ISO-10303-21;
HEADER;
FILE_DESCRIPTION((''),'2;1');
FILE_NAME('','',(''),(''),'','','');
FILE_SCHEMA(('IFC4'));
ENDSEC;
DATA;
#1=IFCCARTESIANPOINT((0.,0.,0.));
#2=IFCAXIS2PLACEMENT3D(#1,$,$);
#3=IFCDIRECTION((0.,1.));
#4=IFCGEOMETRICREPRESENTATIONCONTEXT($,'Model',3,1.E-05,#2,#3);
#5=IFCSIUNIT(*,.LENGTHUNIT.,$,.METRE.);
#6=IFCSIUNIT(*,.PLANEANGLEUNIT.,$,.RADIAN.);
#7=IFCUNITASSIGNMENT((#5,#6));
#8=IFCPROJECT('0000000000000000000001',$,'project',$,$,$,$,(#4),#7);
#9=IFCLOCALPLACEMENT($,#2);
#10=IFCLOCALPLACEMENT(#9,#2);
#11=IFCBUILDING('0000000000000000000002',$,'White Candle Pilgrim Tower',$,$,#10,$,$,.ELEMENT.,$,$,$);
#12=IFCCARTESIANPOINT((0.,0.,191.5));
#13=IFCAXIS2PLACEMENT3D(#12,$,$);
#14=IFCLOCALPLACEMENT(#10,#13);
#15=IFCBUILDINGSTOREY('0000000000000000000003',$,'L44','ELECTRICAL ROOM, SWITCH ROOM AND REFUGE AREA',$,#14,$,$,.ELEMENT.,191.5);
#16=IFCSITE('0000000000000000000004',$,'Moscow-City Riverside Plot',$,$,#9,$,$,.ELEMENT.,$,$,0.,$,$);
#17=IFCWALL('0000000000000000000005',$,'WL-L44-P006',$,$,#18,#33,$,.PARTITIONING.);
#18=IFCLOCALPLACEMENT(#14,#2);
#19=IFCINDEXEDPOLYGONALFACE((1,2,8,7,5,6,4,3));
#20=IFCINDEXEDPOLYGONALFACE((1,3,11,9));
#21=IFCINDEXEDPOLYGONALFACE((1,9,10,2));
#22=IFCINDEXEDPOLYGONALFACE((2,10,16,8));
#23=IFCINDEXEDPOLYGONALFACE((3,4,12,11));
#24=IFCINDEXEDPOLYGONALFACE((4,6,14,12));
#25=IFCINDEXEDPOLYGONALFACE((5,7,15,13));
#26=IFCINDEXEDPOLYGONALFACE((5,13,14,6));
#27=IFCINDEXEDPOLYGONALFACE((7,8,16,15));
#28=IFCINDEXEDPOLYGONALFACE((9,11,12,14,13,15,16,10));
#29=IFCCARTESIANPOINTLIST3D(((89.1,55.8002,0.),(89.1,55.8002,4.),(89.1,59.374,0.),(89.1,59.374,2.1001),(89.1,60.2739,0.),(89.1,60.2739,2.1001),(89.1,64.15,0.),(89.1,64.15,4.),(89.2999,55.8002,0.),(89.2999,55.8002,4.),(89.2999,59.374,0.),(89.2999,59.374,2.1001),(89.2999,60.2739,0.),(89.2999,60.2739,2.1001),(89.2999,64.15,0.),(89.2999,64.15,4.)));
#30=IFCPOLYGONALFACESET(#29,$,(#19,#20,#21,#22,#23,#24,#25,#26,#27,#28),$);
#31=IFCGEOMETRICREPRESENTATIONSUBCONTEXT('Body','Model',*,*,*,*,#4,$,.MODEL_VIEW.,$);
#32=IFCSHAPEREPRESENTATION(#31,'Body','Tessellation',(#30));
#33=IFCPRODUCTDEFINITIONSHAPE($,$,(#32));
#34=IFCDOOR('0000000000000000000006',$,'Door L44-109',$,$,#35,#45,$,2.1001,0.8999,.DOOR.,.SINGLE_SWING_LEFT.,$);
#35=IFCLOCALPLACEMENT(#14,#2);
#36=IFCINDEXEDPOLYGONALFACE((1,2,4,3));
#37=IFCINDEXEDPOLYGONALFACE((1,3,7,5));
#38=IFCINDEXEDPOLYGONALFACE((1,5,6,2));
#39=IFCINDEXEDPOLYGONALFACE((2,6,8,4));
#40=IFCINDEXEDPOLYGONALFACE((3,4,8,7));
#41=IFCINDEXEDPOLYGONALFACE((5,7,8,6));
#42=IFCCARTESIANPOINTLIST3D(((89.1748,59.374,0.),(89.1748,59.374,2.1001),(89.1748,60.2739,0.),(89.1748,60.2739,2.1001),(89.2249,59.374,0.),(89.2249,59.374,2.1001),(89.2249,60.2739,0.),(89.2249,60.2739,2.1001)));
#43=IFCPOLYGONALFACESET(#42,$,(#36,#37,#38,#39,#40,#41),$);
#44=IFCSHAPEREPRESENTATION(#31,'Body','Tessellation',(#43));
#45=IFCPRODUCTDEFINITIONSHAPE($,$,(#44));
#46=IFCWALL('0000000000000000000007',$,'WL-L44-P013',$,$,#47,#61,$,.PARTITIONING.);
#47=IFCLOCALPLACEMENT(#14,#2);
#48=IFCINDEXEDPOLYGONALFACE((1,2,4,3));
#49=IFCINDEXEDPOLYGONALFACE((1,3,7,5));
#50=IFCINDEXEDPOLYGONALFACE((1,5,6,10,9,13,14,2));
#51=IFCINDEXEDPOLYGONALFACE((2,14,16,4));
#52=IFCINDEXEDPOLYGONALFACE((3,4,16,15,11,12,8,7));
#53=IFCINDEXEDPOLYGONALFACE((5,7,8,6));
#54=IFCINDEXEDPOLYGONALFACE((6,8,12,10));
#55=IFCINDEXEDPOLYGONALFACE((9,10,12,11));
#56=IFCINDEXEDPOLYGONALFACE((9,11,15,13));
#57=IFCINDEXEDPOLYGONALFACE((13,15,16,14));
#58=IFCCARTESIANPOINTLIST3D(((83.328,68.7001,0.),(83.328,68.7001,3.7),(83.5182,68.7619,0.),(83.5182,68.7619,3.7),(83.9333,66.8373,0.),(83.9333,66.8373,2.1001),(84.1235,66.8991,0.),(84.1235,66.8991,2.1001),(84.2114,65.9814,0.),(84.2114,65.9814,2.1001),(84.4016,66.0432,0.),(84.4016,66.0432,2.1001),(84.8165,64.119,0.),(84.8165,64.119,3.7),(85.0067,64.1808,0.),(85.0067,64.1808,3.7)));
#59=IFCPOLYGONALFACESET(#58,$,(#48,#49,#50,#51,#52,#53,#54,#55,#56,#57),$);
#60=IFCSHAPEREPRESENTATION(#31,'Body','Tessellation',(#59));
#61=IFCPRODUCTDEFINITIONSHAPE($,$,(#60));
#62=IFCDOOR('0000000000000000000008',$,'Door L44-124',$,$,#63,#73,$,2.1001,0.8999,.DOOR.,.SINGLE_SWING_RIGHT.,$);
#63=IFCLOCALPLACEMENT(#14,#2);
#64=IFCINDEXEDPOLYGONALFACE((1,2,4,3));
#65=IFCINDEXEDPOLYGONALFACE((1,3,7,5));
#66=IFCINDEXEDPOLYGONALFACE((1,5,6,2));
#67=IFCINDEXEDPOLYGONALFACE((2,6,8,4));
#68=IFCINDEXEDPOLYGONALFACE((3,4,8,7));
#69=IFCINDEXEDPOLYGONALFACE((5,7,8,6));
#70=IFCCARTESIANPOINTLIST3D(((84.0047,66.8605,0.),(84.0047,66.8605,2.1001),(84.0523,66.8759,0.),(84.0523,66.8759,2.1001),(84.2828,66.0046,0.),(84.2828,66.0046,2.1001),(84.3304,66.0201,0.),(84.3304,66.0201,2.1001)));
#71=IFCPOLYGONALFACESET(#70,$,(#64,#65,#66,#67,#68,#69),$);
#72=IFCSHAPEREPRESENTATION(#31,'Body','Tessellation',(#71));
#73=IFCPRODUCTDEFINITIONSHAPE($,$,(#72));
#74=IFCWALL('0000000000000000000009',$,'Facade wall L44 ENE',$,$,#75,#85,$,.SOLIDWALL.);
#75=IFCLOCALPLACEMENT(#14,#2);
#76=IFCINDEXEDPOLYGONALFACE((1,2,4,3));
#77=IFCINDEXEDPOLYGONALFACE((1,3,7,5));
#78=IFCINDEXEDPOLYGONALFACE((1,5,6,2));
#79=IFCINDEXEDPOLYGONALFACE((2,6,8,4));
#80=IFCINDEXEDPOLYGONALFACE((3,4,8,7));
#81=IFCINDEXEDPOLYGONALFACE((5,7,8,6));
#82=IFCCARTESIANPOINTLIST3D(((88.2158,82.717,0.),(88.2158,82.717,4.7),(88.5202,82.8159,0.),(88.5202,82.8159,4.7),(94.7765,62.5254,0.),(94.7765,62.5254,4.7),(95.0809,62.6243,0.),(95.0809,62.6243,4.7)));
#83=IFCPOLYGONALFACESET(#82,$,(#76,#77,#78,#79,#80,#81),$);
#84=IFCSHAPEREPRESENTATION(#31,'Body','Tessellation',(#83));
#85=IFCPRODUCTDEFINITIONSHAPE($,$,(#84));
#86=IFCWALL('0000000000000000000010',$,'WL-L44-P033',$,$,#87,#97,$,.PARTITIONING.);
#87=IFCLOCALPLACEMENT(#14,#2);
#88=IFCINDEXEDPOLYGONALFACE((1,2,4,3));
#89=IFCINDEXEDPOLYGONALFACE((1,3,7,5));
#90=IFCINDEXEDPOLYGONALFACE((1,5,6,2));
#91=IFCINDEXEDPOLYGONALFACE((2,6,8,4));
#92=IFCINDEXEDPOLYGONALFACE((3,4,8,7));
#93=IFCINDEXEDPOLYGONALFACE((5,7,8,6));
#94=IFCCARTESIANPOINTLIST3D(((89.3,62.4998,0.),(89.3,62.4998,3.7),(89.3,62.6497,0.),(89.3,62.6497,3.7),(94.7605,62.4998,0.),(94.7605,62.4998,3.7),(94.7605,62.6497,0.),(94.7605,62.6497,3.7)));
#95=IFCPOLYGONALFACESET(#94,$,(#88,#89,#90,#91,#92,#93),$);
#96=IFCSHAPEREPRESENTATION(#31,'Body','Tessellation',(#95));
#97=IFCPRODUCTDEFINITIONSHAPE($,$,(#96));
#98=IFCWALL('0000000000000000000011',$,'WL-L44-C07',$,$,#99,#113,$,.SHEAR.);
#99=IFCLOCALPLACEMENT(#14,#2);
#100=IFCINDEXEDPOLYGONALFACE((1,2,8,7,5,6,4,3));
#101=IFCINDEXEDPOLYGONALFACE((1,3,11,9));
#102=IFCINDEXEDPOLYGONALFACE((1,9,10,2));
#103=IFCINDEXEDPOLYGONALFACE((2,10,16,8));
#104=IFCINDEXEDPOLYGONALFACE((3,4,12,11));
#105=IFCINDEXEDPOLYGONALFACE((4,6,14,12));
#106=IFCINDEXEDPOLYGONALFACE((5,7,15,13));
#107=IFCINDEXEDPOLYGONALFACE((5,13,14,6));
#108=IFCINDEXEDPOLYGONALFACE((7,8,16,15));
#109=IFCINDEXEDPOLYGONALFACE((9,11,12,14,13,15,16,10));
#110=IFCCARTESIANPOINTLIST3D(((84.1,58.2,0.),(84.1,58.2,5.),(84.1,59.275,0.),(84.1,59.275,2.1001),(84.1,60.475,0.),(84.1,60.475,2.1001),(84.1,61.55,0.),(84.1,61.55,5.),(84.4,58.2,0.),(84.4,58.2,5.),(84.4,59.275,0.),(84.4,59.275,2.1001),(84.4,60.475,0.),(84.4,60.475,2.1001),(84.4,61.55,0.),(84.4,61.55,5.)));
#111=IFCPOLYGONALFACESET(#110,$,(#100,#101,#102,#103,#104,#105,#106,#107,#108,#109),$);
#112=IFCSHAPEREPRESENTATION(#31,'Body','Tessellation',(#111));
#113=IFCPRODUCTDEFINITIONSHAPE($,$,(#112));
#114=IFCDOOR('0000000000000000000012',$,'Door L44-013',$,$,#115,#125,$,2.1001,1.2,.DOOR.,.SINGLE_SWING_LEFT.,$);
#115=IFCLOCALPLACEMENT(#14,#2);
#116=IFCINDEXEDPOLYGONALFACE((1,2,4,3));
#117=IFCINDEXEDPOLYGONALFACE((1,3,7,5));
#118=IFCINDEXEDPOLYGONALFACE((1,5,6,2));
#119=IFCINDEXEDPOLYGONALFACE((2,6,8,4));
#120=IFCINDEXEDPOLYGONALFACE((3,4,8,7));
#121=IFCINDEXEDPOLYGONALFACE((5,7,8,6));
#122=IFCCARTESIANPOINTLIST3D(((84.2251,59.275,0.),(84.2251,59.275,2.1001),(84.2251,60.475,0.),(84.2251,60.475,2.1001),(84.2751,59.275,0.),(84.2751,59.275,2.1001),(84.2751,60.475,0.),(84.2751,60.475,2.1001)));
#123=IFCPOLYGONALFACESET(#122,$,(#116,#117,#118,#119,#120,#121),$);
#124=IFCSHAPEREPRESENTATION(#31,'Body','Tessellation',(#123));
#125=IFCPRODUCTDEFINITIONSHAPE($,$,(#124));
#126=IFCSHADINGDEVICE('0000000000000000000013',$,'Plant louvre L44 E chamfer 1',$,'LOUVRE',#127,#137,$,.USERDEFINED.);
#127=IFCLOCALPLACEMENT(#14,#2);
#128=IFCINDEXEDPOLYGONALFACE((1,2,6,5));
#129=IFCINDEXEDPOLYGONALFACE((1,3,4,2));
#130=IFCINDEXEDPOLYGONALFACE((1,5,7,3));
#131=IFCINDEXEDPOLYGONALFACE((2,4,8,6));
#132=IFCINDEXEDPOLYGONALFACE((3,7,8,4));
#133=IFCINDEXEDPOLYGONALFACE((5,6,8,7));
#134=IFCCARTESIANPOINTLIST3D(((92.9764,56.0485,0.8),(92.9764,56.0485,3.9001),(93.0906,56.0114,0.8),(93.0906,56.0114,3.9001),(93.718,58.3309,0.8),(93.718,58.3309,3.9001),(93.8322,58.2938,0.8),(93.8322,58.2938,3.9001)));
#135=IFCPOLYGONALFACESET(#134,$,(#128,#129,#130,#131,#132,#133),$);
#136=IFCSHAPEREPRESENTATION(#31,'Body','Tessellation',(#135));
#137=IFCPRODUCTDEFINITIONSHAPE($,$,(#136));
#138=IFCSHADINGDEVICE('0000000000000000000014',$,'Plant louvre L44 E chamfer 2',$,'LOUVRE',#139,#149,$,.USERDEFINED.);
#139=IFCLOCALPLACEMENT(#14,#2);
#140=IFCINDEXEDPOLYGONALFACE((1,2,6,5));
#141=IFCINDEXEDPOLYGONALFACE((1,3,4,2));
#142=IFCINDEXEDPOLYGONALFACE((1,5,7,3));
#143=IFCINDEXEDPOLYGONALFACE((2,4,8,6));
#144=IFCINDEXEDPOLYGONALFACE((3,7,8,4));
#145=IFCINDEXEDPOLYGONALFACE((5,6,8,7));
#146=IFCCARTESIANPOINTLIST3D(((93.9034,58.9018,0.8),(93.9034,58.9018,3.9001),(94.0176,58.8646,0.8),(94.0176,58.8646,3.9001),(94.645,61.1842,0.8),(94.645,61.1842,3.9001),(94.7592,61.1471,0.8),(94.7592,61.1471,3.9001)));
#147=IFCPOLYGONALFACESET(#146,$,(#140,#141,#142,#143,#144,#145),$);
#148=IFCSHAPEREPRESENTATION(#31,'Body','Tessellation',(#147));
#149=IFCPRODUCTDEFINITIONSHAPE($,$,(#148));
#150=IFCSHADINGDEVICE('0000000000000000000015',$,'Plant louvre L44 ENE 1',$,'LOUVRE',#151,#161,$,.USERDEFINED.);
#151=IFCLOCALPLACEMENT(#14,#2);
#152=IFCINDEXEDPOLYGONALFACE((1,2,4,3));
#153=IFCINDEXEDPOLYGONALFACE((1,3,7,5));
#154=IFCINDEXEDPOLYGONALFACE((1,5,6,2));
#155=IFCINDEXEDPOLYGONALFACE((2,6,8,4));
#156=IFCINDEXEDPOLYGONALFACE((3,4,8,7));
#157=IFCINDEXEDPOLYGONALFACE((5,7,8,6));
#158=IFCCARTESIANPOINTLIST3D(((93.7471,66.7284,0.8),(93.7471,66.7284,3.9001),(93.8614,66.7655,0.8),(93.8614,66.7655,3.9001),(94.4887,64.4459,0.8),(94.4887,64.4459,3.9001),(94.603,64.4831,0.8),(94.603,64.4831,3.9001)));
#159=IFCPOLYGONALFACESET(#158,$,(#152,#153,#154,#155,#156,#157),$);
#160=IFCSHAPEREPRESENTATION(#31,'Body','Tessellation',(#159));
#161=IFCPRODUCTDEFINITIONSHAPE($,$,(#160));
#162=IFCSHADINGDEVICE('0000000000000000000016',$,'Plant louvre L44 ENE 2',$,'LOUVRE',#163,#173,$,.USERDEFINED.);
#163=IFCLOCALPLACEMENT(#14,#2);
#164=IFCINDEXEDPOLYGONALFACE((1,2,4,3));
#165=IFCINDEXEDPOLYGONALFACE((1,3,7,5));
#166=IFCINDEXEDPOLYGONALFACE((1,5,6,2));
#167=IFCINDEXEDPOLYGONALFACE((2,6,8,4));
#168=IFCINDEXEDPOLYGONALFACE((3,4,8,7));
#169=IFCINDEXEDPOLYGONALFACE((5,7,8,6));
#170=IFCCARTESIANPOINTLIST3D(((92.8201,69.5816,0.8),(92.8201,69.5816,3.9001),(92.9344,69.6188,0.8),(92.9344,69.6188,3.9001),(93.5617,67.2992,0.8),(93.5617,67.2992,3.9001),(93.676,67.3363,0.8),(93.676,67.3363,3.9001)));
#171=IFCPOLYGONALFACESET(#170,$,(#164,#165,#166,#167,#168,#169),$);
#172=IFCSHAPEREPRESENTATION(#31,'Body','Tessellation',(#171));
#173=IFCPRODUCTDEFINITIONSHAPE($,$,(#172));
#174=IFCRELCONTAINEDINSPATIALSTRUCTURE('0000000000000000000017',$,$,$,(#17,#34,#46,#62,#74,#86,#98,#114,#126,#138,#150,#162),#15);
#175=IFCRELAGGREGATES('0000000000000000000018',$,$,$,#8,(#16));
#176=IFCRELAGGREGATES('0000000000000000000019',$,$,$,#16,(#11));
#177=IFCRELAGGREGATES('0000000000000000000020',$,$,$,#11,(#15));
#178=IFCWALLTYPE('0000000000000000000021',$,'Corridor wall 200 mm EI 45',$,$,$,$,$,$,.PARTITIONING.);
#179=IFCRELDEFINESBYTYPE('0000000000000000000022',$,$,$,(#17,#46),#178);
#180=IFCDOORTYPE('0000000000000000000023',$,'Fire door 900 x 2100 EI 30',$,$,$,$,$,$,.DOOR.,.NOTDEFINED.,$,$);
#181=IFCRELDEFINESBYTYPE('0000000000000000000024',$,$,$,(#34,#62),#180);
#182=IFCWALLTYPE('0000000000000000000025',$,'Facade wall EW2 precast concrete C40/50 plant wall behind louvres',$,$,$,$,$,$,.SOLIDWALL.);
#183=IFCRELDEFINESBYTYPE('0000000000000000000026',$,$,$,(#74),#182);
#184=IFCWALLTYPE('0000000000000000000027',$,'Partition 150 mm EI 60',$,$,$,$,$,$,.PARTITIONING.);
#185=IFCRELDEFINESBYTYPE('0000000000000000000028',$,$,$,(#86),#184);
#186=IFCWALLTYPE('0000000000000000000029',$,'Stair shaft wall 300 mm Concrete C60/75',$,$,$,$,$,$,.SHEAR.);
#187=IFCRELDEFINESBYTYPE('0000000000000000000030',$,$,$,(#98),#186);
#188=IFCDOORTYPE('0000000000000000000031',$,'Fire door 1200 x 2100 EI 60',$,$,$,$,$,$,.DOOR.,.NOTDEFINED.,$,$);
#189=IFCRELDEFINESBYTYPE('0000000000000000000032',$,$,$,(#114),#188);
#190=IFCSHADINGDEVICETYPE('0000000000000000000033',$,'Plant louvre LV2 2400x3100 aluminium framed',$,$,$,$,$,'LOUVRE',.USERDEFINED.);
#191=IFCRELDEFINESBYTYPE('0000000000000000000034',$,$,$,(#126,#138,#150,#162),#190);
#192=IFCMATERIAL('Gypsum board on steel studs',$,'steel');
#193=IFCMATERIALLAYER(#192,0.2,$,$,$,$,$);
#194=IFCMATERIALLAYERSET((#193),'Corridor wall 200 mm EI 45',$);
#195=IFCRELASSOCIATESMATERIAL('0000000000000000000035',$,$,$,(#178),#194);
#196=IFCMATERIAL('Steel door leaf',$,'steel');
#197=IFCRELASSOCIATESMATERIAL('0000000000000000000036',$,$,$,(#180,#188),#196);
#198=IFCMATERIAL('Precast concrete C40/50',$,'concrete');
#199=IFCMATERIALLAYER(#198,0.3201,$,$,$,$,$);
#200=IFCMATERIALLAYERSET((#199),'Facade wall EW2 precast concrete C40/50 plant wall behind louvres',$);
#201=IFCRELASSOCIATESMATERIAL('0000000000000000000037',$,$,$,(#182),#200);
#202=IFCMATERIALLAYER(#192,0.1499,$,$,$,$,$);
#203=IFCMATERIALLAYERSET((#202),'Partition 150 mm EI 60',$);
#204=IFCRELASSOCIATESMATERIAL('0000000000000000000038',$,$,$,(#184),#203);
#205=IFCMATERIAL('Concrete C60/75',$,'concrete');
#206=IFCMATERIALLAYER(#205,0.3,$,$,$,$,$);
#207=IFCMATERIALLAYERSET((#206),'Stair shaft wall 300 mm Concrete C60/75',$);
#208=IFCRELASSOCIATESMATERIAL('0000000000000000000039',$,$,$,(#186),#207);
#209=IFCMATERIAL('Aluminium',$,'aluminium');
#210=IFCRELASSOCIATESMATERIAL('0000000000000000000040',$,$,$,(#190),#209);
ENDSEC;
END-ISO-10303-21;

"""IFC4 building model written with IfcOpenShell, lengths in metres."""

from ifc_helpers import new_model, si_unit, direction, frame, frame_2d, origin, origin_2d, place, context, subcontext, project, spatial, rectangle, extrude, material, layer, layer_set, type_object, element, fill, save


model = new_model("IFC4")

# Units and contexts
model_context = context("Model", 3, precision=1e-05, world=origin(), true_north=direction((0.0, 1.0)))
body_context = subcontext(model_context, "Body", "Model", "MODEL_VIEW")
ifc_project = project(units=[si_unit("LENGTHUNIT", "METRE"), si_unit("PLANEANGLEUNIT", "RADIAN")], contexts=[model_context])

# Site, building, storey
site_placement = place(None, origin())
site = spatial("IfcSite", under=ifc_project, at=site_placement, Name="Moscow-City Riverside Plot", CompositionType="ELEMENT", RefElevation=0.0)
building_placement = place(site_placement, origin())
building = spatial("IfcBuilding", under=site, at=building_placement, Name="White Candle Pilgrim Tower", CompositionType="ELEMENT")
storey_placement = place(building_placement, frame((0.0, 0.0, 191.5)))
storey = spatial("IfcBuildingStorey", under=building, at=storey_placement, Name="L44", Description="ELECTRICAL ROOM, SWITCH ROOM AND REFUGE AREA", CompositionType="ELEMENT", Elevation=191.5)

# Shared definitions
ifc_material_1 = material(Name="Concrete C60/75", Category="concrete")

# Walls, openings, doors
ifc_material_2 = material(Name="Gypsum board on steel studs", Category="steel")
ifc_layer_1 = layer(ifc_material_2, 0.2)
ifc_layer_set_1 = layer_set([ifc_layer_1], Name="Corridor wall 200 mm EI 45")
wall_type_1 = type_object("IfcWallType", Name="Corridor wall 200 mm EI 45", PredefinedType="PARTITIONING", material=ifc_layer_set_1)
wall_1_placement = place(storey_placement, frame((89.2, 64.1499, 0.0), z_axis=(0.0, 0.0, 1.0), x_axis=(0.0, -1.0, 0.0)))
wall_1 = element("IfcWall", 1, at=wall_1_placement, inside=storey, type_object=wall_type_1, Name="WL-L44-P006", PredefinedType="PARTITIONING", context=body_context, shape_type="SweptSolid", body=[
    extrude(rectangle(XDim=8.3499, YDim=0.2, at=frame_2d((4.1748, 0.0))), origin(), (0.0, 0.0, 1.0), 4.0),
])
opening_1_placement = place(wall_1_placement, frame((3.876, 0.0, 0.0)))
opening_1 = element("IfcOpeningElement", 2, at=opening_1_placement, cuts=wall_1, PredefinedType="OPENING", context=body_context, shape_type="SweptSolid", body=[
    extrude(rectangle(XDim=0.8999, YDim=2.1001, at=frame_2d((0.45, 1.05))), frame((0.0, 0.1099, 0.0), z_axis=(0.0, -1.0, 0.0), x_axis=(1.0, 0.0, 0.0)), (0.0, 0.0, 1.0), 0.22),
])
ifc_material_3 = material(Name="Steel door leaf", Category="steel")
door_type_1 = type_object("IfcDoorType", Name="Fire door 900 x 2100 EI 30", OperationType="NOTDEFINED", PredefinedType="DOOR", material=ifc_material_3)
door_1_placement = place(opening_1_placement, origin())
door_1 = element("IfcDoor", 3, at=door_1_placement, inside=storey, type_object=door_type_1, Name="Door L44-109", OperationType="SINGLE_SWING_LEFT", OverallHeight=2.1001, OverallWidth=0.8999, PredefinedType="DOOR", context=body_context, shape_type="SweptSolid", body=[
    extrude(rectangle(XDim=0.8999, YDim=2.1001, at=frame_2d((0.45, 1.05))), frame((0.0, 0.0249, 0.0), z_axis=(0.0, -1.0, 0.0), x_axis=(1.0, 0.0, 0.0)), (0.0, 0.0, 1.0), 0.05),
])
fill(opening_1, door_1)
wall_2_placement = place(storey_placement, frame((84.9116, 64.1499, 0.0), z_axis=(0.0, 0.0, 1.0), x_axis=(-0.309026, 0.951053, 0.0)))
wall_2 = element("IfcWall", 4, at=wall_2_placement, inside=storey, type_object=wall_type_1, Name="WL-L44-P013", PredefinedType="PARTITIONING", context=body_context, shape_type="SweptSolid", body=[
    extrude(rectangle(XDim=4.8169, YDim=0.2, at=frame_2d((2.4084, 0.0))), origin(), (0.0, 0.0, 1.0), 3.7),
])
opening_2_placement = place(wall_2_placement, frame((1.9583, 0.0, 0.0)))
opening_2 = element("IfcOpeningElement", 5, at=opening_2_placement, cuts=wall_2, PredefinedType="OPENING", context=body_context, shape_type="SweptSolid", body=[
    extrude(rectangle(XDim=0.8999, YDim=2.1001, at=frame_2d((0.45, 1.05))), frame((0.0, 0.1099, 0.0), z_axis=(0.0, -1.0, 0.0), x_axis=(1.0, 0.0, 0.0)), (0.0, 0.0, 1.0), 0.22),
])
door_2_placement = place(opening_2_placement, origin())
door_2 = element("IfcDoor", 6, at=door_2_placement, inside=storey, type_object=door_type_1, Name="Door L44-124", OperationType="SINGLE_SWING_RIGHT", OverallHeight=2.1001, OverallWidth=0.8999, PredefinedType="DOOR", context=body_context, shape_type="SweptSolid", body=[
    extrude(rectangle(XDim=0.8999, YDim=2.1001, at=frame_2d((0.45, 1.05))), frame((0.0, 0.0249, 0.0), z_axis=(0.0, -1.0, 0.0), x_axis=(1.0, 0.0, 0.0)), (0.0, 0.0, 1.0), 0.05),
])
fill(opening_2, door_2)

# Walls
ifc_material_4 = material(Name="Precast concrete C40/50", Category="concrete")
ifc_layer_2 = layer(ifc_material_4, 0.3201)
ifc_layer_set_2 = layer_set([ifc_layer_2], Name="Facade wall EW2 precast concrete C40/50 plant wall behind louvres")
wall_type_2 = type_object("IfcWallType", Name="Facade wall EW2 precast concrete C40/50 plant wall behind louvres", PredefinedType="SOLIDWALL", material=ifc_layer_set_2)
wall_3_placement = place(storey_placement, frame((94.9287, 62.575, 0.0), z_axis=(0.0, 0.0, 1.0), x_axis=(-0.309022, 0.951055, 0.0)))
element("IfcWall", 7, at=wall_3_placement, inside=storey, type_object=wall_type_2, Name="Facade wall L44 ENE", PredefinedType="SOLIDWALL", context=body_context, shape_type="SweptSolid", body=[
    extrude(rectangle(XDim=21.2307, YDim=0.3201, at=frame_2d((10.6152, 0.0))), origin(), (0.0, 0.0, 1.0), 4.7),
])
ifc_layer_3 = layer(ifc_material_2, 0.1499)
ifc_layer_set_3 = layer_set([ifc_layer_3], Name="Partition 150 mm EI 60")
wall_type_3 = type_object("IfcWallType", Name="Partition 150 mm EI 60", PredefinedType="PARTITIONING", material=ifc_layer_set_3)
wall_4_placement = place(storey_placement, frame((94.7605, 62.5747, 0.0), z_axis=(0.0, 0.0, 1.0), x_axis=(-1.0, 0.0, 0.0)))
element("IfcWall", 8, at=wall_4_placement, inside=storey, type_object=wall_type_3, Name="WL-L44-P033", PredefinedType="PARTITIONING", context=body_context, shape_type="SweptSolid", body=[
    extrude(rectangle(XDim=5.4604, YDim=0.1499, at=frame_2d((2.7302, 0.0))), origin(), (0.0, 0.0, 1.0), 3.7),
])

# Wall, opening, door
ifc_layer_4 = layer(ifc_material_1, 0.3)
ifc_layer_set_4 = layer_set([ifc_layer_4], Name="Stair shaft wall 300 mm Concrete C60/75")
wall_type_4 = type_object("IfcWallType", Name="Stair shaft wall 300 mm Concrete C60/75", PredefinedType="SHEAR", material=ifc_layer_set_4)
wall_5_placement = place(storey_placement, frame((84.25, 58.2, 0.0), z_axis=(0.0, 0.0, 1.0), x_axis=(0.0, 1.0, 0.0)))
wall_5 = element("IfcWall", 9, at=wall_5_placement, inside=storey, type_object=wall_type_4, Name="WL-L44-C07", PredefinedType="SHEAR", context=body_context, shape_type="SweptSolid", body=[
    extrude(rectangle(XDim=3.3501, YDim=0.3, at=frame_2d((1.675, 0.0))), origin(), (0.0, 0.0, 1.0), 5.0),
])
opening_3_placement = place(wall_5_placement, frame((1.075, 0.0, 0.0)))
opening_3 = element("IfcOpeningElement", 10, at=opening_3_placement, cuts=wall_5, PredefinedType="OPENING", context=body_context, shape_type="SweptSolid", body=[
    extrude(rectangle(XDim=1.2, YDim=2.1001, at=frame_2d((0.6001, 1.05))), frame((0.0, 0.1599, 0.0), z_axis=(0.0, -1.0, 0.0), x_axis=(1.0, 0.0, 0.0)), (0.0, 0.0, 1.0), 0.3201),
])
door_type_2 = type_object("IfcDoorType", Name="Fire door 1200 x 2100 EI 60", OperationType="NOTDEFINED", PredefinedType="DOOR", material=ifc_material_3)
door_3_placement = place(opening_3_placement, origin())
door_3 = element("IfcDoor", 11, at=door_3_placement, inside=storey, type_object=door_type_2, Name="Door L44-013", OperationType="SINGLE_SWING_LEFT", OverallHeight=2.1001, OverallWidth=1.2, PredefinedType="DOOR", context=body_context, shape_type="SweptSolid", body=[
    extrude(rectangle(XDim=1.2, YDim=2.1001, at=frame_2d((0.6001, 1.05))), frame((0.0, 0.0249, 0.0), z_axis=(0.0, -1.0, 0.0), x_axis=(1.0, 0.0, 0.0)), (0.0, 0.0, 1.0), 0.05),
])
fill(opening_3, door_3)

# Shading devices
ifc_material_5 = material(Name="Aluminium", Category="aluminium")
shading_device_type = type_object("IfcShadingDeviceType", Name="Plant louvre LV2 2400x3100 aluminium framed", ElementType="LOUVRE", PredefinedType="USERDEFINED", material=ifc_material_5)
for number, where, z_axis, x_axis, name in (
    (12, (93.4043, 57.1711, 0.8), (0.0, 0.0, 1.0), (0.309017, 0.951057, 0.0), "Plant louvre L44 E chamfer 1"),
    (13, (94.3313, 60.0244, 0.8), (0.0, 0.0, 1.0), (0.309017, 0.951057, 0.0), "Plant louvre L44 E chamfer 2"),
    (14, (94.175, 65.6057, 0.8), (0.0, 0.0, 1.0), (-0.309017, 0.951057, 0.0), "Plant louvre L44 ENE 1"),
    (15, (93.248, 68.459, 0.8), (0.0, 0.0, 1.0), (-0.309017, 0.951057, 0.0), "Plant louvre L44 ENE 2"),
):
    element("IfcShadingDevice", number, at=place(storey_placement, frame(where, z_axis=z_axis, x_axis=x_axis)), inside=storey, type_object=shading_device_type, Name=name, ObjectType="LOUVRE", PredefinedType="USERDEFINED", context=body_context, shape_type="SweptSolid", body=[
        extrude(rectangle(XDim=2.3999, YDim=0.1201, at=origin_2d()), origin(), (0.0, 0.0, 1.0), 3.1001),
    ])

save(model, "model.ifc")
